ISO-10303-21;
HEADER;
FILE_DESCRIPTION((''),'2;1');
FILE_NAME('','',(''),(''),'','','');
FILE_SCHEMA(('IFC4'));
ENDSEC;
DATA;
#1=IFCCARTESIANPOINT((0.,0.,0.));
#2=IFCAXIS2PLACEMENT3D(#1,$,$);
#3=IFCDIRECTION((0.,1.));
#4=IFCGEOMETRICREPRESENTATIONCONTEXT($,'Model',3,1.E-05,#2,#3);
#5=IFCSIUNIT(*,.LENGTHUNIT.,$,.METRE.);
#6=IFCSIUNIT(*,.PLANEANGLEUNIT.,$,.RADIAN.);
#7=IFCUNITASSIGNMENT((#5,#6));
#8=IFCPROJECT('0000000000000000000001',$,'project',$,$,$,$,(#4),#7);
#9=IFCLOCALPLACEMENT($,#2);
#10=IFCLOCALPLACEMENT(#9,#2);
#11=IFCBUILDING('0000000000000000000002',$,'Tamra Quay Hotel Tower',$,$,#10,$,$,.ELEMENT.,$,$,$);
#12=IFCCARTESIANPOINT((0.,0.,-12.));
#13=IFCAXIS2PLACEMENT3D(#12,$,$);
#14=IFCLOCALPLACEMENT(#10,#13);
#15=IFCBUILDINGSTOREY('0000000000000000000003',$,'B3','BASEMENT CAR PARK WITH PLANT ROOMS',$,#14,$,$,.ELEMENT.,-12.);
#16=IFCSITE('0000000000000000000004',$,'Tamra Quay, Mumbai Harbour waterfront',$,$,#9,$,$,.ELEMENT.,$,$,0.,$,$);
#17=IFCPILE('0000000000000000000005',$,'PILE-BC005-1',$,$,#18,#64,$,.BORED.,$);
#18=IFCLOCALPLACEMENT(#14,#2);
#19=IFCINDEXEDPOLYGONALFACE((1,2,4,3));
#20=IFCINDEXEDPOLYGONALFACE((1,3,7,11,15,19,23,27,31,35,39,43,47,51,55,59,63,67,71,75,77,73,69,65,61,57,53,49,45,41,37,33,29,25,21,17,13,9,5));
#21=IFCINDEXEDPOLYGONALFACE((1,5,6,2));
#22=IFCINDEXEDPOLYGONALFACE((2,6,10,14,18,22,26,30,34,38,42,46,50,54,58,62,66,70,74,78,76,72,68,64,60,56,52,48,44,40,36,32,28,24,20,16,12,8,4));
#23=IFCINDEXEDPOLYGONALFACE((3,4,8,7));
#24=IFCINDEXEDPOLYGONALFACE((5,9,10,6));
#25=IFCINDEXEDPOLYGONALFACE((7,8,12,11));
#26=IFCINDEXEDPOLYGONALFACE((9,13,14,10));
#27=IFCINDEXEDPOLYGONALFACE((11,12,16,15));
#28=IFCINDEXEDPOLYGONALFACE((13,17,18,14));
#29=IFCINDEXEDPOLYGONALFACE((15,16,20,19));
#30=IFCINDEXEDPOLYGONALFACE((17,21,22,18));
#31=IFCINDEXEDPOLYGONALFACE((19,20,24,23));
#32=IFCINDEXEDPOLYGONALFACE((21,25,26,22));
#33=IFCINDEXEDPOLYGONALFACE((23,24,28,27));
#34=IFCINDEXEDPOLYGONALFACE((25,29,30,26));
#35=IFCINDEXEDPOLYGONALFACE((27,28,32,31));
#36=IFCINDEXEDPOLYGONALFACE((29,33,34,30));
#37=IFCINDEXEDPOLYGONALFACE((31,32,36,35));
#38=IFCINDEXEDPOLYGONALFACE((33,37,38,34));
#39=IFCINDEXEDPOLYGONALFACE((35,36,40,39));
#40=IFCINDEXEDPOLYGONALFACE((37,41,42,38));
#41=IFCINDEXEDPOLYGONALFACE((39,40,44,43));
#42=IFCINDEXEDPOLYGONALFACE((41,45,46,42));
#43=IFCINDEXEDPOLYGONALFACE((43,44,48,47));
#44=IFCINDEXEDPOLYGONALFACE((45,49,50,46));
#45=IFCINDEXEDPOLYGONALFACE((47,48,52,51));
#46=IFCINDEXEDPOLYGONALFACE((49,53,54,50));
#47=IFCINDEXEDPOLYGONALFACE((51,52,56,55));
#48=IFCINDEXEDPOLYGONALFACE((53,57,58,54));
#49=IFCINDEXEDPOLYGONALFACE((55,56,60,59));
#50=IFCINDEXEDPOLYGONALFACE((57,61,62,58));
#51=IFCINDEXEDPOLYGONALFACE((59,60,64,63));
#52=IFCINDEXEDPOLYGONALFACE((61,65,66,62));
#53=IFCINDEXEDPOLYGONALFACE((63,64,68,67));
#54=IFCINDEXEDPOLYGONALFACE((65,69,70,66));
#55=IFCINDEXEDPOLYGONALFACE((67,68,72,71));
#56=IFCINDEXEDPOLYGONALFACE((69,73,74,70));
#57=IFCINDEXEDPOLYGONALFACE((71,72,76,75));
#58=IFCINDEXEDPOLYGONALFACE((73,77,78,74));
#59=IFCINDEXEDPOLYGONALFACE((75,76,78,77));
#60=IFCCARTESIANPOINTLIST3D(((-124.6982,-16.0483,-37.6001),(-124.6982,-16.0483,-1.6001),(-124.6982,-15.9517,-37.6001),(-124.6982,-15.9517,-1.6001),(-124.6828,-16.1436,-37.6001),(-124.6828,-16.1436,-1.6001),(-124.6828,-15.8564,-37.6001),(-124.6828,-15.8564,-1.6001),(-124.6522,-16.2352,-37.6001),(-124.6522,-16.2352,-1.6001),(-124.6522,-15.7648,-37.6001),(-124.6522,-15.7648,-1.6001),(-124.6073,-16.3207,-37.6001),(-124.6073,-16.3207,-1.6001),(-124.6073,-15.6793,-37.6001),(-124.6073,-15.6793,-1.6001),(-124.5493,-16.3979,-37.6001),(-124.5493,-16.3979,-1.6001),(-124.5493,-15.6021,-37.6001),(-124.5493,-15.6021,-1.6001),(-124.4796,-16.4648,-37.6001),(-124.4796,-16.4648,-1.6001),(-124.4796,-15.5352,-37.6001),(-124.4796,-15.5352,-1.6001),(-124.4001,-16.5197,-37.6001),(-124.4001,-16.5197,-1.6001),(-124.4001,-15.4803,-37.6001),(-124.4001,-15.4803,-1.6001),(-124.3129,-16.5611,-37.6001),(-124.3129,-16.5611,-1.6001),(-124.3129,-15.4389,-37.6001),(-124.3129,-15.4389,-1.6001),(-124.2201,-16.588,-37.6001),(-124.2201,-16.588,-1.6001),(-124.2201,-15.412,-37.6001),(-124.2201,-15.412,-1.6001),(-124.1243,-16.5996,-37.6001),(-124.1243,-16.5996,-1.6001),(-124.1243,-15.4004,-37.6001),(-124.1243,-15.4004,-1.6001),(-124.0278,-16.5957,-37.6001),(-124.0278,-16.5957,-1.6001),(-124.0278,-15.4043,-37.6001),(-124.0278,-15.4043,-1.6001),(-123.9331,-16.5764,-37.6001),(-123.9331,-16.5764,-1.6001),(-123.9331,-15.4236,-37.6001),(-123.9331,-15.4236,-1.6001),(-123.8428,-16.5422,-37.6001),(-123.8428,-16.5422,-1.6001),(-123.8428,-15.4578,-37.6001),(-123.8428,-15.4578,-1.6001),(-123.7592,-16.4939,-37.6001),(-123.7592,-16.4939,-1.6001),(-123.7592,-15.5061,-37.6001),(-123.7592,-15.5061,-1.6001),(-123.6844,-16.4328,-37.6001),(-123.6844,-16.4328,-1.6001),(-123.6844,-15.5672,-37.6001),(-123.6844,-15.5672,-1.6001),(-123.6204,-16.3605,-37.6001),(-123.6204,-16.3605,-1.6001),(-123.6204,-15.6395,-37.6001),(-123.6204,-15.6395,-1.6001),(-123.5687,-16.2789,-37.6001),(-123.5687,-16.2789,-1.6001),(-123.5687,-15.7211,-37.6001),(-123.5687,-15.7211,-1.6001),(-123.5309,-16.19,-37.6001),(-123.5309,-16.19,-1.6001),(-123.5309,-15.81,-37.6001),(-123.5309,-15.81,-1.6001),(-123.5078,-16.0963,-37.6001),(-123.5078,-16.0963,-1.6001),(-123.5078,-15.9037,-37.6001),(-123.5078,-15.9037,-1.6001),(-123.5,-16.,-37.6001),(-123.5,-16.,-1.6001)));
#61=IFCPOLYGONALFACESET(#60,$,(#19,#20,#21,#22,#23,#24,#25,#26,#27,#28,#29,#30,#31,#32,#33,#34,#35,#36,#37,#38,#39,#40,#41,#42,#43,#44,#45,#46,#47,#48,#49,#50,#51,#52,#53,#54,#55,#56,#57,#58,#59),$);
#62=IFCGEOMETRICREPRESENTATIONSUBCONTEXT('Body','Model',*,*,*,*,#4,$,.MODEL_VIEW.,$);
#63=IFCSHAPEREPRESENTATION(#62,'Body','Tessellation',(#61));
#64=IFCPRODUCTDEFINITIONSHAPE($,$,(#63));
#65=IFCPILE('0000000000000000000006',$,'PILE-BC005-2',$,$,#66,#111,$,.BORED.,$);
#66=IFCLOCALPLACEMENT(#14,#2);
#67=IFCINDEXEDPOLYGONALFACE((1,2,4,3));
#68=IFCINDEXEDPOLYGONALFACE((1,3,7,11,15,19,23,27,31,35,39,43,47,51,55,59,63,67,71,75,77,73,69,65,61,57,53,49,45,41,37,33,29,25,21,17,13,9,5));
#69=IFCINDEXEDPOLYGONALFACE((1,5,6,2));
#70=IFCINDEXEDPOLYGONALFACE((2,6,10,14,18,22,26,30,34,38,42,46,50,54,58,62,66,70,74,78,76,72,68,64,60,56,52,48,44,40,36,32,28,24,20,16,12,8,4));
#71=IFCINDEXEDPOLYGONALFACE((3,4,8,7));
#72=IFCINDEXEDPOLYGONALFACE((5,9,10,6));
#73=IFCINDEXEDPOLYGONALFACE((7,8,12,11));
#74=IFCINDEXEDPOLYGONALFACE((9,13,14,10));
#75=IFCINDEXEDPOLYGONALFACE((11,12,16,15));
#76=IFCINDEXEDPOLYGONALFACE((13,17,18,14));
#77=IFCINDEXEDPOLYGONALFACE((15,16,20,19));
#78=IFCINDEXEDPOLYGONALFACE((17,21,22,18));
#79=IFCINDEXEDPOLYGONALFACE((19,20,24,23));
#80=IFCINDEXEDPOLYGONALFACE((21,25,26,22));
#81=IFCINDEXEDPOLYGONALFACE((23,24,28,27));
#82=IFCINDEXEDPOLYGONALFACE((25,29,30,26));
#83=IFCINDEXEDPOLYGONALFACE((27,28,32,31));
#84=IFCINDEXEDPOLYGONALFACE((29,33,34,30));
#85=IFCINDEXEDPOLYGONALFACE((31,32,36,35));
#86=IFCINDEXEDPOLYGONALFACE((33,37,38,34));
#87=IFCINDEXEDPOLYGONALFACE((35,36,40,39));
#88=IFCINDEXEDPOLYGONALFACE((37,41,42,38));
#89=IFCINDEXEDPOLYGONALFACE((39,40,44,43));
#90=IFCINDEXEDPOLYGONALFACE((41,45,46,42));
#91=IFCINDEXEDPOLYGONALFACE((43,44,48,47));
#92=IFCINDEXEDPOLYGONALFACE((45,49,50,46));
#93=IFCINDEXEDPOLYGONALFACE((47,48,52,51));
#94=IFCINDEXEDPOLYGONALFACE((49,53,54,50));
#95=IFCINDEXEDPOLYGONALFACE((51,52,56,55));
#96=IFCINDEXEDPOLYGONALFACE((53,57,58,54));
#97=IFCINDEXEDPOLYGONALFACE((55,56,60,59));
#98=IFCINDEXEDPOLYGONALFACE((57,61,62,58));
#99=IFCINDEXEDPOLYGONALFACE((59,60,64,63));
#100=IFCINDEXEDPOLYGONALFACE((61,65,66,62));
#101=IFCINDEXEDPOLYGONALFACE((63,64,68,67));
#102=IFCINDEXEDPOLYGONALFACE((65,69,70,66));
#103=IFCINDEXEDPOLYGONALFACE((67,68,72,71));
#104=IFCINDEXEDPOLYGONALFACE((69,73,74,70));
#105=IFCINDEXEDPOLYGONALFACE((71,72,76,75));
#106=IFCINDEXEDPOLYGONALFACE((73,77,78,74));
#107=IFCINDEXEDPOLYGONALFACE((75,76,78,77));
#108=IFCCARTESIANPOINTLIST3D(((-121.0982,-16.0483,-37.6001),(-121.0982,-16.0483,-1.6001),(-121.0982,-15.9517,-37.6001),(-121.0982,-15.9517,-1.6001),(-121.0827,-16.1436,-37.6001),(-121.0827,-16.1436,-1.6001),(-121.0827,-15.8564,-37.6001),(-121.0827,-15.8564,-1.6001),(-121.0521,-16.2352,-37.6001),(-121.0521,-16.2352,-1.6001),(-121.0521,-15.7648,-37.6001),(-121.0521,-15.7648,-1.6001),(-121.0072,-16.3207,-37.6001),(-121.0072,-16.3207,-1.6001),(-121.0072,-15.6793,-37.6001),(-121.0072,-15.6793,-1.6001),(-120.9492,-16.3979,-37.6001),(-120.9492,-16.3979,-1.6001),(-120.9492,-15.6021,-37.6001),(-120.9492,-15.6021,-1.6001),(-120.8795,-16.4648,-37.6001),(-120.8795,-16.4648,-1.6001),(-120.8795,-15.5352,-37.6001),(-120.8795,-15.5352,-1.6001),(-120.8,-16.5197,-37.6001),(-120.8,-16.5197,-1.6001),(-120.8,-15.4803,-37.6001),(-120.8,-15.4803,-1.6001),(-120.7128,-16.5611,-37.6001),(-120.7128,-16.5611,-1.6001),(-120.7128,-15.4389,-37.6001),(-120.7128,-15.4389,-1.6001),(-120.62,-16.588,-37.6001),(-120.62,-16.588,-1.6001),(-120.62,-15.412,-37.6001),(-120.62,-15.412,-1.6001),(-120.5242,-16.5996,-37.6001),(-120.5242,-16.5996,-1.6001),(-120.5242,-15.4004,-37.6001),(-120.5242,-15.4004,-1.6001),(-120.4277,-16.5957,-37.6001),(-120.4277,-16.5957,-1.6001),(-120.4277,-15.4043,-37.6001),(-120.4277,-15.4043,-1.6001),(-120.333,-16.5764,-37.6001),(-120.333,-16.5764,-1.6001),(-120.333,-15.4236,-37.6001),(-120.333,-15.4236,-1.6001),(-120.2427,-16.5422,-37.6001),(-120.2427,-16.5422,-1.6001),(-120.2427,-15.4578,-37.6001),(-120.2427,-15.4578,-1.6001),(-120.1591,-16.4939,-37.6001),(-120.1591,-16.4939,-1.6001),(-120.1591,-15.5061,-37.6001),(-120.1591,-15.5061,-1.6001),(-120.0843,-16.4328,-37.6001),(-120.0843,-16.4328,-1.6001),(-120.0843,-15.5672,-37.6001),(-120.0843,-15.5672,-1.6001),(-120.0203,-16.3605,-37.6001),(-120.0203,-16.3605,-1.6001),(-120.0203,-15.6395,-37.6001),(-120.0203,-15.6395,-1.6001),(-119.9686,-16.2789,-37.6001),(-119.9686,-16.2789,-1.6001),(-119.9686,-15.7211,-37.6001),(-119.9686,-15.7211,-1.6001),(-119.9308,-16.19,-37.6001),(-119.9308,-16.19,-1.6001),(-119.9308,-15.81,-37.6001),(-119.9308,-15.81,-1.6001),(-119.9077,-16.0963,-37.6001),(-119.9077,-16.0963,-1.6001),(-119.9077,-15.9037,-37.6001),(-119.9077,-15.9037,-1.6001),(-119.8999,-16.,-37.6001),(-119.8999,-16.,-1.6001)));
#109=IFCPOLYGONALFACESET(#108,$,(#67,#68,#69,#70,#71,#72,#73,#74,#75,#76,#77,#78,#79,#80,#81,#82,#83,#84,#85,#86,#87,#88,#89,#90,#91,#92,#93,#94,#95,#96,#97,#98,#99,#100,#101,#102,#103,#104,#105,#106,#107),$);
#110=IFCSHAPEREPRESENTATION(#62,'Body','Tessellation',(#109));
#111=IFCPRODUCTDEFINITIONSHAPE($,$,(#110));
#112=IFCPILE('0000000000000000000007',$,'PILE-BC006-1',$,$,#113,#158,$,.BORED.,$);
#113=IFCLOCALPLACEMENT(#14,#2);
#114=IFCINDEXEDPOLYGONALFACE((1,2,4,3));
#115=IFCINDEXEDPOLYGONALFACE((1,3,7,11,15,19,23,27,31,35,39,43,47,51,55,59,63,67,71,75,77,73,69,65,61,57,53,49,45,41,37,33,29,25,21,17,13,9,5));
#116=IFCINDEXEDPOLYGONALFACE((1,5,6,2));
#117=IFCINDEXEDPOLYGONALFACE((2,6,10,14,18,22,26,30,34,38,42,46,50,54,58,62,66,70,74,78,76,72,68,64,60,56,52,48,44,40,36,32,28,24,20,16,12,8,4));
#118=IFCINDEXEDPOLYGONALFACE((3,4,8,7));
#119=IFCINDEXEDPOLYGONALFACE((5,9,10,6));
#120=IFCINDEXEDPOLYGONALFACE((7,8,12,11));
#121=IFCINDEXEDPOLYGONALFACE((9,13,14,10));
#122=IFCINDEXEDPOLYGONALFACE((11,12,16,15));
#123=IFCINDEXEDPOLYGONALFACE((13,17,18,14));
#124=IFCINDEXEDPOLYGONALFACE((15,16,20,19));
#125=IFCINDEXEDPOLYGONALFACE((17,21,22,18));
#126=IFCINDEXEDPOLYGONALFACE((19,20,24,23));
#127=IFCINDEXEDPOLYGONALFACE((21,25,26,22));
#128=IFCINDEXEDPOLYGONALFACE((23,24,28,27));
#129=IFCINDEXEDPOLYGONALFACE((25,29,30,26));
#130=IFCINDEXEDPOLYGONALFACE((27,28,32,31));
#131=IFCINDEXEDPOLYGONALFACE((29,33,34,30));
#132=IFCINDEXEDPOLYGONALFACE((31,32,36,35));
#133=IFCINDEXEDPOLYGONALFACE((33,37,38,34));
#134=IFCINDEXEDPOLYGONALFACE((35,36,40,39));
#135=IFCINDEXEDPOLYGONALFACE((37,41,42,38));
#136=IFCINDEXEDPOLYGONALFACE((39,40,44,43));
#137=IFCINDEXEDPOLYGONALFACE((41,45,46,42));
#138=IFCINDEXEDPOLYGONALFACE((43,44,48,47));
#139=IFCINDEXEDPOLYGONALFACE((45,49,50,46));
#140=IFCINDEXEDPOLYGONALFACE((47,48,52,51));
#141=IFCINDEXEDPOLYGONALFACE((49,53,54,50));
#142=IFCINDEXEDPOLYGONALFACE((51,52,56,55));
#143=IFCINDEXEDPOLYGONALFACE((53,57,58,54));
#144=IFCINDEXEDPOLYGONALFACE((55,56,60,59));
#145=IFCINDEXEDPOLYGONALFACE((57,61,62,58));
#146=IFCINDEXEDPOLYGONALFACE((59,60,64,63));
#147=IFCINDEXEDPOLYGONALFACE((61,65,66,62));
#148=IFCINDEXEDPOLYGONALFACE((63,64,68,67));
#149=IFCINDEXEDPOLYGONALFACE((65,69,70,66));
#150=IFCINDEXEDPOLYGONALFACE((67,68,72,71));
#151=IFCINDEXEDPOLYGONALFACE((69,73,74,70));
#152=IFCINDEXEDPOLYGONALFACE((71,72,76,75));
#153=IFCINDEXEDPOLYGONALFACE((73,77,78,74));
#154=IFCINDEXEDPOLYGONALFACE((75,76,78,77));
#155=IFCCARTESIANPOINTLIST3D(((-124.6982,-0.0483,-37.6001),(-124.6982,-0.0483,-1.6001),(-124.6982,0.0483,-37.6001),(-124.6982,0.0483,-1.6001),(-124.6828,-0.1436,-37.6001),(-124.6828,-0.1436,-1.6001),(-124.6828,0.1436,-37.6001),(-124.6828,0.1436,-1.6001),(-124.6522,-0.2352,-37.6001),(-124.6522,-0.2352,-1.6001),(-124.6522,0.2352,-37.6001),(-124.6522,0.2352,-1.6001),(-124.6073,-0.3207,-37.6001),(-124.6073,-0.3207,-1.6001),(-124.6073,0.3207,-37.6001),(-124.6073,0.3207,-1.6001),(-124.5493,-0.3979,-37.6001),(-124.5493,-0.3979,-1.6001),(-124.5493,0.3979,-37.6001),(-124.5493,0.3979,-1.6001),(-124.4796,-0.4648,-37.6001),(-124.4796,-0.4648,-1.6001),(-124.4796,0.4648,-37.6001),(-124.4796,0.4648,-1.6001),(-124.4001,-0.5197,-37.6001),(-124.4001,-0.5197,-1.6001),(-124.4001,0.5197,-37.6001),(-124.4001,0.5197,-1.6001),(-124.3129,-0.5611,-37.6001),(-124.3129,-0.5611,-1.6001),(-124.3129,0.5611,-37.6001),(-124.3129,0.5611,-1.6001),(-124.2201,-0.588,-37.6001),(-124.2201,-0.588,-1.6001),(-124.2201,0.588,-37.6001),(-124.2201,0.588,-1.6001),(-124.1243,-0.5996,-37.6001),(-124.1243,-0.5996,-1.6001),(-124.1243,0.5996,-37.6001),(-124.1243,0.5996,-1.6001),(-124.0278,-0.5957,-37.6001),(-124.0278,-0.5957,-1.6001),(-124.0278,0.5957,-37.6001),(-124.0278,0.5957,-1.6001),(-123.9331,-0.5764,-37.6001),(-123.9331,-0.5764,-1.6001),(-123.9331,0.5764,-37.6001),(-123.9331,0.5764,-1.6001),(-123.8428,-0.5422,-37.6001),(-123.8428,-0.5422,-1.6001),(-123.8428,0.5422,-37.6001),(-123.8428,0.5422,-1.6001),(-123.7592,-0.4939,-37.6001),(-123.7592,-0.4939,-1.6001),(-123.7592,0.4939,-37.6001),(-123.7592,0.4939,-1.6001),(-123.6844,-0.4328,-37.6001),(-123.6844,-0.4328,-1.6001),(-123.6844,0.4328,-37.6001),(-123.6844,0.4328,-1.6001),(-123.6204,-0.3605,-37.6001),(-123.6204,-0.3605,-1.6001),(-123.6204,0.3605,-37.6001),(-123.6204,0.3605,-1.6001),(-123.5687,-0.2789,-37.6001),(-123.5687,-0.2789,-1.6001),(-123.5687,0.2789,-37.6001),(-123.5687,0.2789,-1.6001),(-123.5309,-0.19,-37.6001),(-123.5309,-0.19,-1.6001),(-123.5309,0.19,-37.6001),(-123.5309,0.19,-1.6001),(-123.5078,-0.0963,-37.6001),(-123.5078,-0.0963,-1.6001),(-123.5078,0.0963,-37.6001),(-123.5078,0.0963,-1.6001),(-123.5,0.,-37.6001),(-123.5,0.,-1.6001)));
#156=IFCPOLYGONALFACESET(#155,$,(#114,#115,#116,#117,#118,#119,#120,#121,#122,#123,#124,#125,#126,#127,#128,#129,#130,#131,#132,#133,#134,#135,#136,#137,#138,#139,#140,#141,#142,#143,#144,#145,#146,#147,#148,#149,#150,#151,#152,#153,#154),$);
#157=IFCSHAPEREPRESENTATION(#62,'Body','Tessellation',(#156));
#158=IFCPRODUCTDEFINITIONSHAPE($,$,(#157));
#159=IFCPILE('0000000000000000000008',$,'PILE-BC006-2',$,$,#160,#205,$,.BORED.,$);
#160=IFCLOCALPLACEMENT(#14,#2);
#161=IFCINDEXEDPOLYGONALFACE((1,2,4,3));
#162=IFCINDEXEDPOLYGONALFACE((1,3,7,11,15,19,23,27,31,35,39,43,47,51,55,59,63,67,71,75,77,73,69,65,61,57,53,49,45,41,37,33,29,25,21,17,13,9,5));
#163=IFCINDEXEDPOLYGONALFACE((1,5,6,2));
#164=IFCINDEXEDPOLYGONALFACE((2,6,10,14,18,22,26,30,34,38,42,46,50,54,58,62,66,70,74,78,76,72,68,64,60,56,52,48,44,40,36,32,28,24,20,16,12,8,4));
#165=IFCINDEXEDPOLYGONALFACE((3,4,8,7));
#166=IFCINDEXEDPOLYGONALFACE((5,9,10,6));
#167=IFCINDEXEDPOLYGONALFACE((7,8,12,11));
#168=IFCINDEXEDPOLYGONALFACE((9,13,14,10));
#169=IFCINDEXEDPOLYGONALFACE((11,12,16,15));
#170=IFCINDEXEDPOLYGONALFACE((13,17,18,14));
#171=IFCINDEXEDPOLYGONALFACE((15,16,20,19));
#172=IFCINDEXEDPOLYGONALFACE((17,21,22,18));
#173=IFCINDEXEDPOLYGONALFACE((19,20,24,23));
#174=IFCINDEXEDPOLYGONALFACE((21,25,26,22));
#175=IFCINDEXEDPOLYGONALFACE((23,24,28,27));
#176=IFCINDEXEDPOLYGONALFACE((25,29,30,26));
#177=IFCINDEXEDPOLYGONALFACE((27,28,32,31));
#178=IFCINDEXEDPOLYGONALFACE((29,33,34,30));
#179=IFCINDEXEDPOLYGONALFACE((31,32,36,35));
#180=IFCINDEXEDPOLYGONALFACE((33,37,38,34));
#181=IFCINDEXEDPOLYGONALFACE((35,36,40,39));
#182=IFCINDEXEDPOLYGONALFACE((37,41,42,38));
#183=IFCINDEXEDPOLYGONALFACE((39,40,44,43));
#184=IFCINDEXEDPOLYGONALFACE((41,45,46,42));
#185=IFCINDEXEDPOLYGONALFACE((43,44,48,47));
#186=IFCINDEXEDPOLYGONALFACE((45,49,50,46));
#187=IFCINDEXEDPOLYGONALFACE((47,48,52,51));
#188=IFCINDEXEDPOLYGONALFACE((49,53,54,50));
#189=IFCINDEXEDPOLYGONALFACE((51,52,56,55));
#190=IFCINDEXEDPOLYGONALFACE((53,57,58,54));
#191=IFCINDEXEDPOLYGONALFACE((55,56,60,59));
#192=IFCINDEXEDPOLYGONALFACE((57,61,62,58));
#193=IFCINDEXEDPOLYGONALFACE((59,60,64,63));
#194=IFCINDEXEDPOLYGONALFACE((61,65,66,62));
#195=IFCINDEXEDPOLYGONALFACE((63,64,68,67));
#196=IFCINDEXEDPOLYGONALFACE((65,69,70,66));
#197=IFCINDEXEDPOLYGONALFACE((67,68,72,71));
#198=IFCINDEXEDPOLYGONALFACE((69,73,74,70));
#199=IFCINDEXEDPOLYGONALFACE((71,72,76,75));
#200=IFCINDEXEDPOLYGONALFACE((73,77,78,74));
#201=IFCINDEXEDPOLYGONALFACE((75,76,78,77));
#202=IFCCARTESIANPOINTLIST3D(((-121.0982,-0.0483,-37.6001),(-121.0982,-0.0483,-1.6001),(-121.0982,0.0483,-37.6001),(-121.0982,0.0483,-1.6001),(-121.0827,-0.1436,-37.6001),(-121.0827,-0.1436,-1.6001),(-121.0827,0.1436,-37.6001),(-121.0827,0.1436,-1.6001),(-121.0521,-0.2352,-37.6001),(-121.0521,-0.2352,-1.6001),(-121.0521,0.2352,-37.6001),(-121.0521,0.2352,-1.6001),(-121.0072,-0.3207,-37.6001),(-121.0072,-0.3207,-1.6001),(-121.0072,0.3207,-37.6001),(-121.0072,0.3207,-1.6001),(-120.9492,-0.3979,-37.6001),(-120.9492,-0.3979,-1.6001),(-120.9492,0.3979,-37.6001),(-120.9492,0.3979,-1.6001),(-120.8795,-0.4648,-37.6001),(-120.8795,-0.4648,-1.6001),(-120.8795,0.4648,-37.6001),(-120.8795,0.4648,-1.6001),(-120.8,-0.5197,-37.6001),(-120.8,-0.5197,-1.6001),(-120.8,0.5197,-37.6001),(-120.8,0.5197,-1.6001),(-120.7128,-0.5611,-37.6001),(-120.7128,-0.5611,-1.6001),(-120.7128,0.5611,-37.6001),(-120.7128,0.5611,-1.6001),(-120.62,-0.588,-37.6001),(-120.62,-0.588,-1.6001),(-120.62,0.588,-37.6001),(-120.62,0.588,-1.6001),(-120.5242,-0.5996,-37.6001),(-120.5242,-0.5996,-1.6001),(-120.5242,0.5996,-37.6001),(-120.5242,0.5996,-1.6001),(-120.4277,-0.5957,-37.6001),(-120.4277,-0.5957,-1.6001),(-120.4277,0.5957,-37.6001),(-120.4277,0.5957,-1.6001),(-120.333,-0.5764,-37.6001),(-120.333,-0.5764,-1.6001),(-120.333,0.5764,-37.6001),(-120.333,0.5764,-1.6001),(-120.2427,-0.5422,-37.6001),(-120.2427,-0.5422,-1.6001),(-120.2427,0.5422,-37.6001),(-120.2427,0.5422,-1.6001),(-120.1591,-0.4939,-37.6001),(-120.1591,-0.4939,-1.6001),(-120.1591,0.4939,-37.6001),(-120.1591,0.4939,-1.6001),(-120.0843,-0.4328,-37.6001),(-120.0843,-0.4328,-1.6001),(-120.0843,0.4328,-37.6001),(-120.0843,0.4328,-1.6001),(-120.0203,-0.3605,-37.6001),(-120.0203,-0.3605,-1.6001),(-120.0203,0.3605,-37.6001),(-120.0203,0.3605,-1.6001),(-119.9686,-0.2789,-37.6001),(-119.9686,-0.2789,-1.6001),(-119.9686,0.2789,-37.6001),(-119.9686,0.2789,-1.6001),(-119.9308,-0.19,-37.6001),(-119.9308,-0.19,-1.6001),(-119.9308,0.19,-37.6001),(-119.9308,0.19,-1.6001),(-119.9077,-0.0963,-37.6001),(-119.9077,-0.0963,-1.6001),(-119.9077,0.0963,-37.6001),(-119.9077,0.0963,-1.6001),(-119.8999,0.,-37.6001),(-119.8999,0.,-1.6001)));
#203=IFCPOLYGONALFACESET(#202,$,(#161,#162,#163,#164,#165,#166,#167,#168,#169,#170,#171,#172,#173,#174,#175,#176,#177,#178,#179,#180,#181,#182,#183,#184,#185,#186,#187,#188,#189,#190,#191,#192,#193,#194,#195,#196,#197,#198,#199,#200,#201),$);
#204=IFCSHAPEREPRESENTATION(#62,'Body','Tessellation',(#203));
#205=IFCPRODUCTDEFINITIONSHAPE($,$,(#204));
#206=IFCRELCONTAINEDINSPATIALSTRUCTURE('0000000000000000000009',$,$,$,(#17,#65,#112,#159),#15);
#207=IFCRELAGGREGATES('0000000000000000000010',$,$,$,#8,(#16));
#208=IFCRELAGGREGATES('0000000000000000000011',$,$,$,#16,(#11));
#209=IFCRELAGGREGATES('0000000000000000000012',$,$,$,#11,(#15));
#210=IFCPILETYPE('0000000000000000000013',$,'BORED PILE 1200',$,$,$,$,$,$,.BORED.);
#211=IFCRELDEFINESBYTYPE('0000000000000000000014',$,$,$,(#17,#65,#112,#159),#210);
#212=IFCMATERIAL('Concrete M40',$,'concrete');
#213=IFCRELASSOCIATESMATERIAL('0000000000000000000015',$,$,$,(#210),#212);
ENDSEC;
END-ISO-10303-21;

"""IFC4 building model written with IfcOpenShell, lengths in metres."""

from ifc_helpers import new_model, si_unit, direction, frame, origin, origin_2d, place, context, subcontext, project, spatial, circle, extrude, material, material_profile, profile_set, type_object, element, save


model = new_model("IFC4")

# Units and contexts
model_context = context("Model", 3, precision=1e-05, world=origin(), true_north=direction((0.0, 1.0)))
body_context = subcontext(model_context, "Body", "Model", "MODEL_VIEW")
ifc_project = project(units=[si_unit("LENGTHUNIT", "METRE"), si_unit("PLANEANGLEUNIT", "RADIAN")], contexts=[model_context])

# Site, building, storey
site_placement = place(None, origin())
site = spatial("IfcSite", under=ifc_project, at=site_placement, Name="Tamra Quay, Mumbai Harbour waterfront", CompositionType="ELEMENT", RefElevation=0.0)
building_placement = place(site_placement, origin())
building = spatial("IfcBuilding", under=site, at=building_placement, Name="Tamra Quay Hotel Tower", CompositionType="ELEMENT")
storey_placement = place(building_placement, frame((0.0, 0.0, -12.0)))
storey = spatial("IfcBuildingStorey", under=building, at=storey_placement, Name="B3", Description="BASEMENT CAR PARK WITH PLANT ROOMS", CompositionType="ELEMENT", Elevation=-12.0)

# Piles
ifc_material_1 = material(Name="Concrete M40", Category="concrete")
ifc_material_profile_1 = material_profile(ifc_material_1, circle(Radius=0.6001, at=origin_2d()), Name="BORED PILE 1200")
ifc_profile_set_1 = profile_set([ifc_material_profile_1], Name="Concrete M40")
pile_type = type_object("IfcPileType", Name="BORED PILE 1200", PredefinedType="BORED", material=ifc_profile_set_1)
for number, where, z_axis, x_axis, name in (
    (1, (-124.1001, -16.0, -1.6001), (0.0, 0.0, -1.0), (1.0, 0.0, 0.0), "PILE-BC005-1"),
    (2, (-120.5, -16.0, -1.6001), (0.0, 0.0, -1.0), (1.0, 0.0, 0.0), "PILE-BC005-2"),
    (3, (-124.1001, 0.0, -1.6001), (0.0, 0.0, -1.0), (1.0, 0.0, 0.0), "PILE-BC006-1"),
    (4, (-120.5, 0.0, -1.6001), (0.0, 0.0, -1.0), (1.0, 0.0, 0.0), "PILE-BC006-2"),
):
    element("IfcPile", number, at=place(storey_placement, frame(where, z_axis=z_axis, x_axis=x_axis)), inside=storey, type_object=pile_type, Name=name, PredefinedType="BORED", context=body_context, shape_type="SweptSolid", body=[
        extrude(circle(Radius=0.6001, at=origin_2d()), origin(), (0.0, 0.0, 1.0), 36.0),
    ])

save(model, "model.ifc")
